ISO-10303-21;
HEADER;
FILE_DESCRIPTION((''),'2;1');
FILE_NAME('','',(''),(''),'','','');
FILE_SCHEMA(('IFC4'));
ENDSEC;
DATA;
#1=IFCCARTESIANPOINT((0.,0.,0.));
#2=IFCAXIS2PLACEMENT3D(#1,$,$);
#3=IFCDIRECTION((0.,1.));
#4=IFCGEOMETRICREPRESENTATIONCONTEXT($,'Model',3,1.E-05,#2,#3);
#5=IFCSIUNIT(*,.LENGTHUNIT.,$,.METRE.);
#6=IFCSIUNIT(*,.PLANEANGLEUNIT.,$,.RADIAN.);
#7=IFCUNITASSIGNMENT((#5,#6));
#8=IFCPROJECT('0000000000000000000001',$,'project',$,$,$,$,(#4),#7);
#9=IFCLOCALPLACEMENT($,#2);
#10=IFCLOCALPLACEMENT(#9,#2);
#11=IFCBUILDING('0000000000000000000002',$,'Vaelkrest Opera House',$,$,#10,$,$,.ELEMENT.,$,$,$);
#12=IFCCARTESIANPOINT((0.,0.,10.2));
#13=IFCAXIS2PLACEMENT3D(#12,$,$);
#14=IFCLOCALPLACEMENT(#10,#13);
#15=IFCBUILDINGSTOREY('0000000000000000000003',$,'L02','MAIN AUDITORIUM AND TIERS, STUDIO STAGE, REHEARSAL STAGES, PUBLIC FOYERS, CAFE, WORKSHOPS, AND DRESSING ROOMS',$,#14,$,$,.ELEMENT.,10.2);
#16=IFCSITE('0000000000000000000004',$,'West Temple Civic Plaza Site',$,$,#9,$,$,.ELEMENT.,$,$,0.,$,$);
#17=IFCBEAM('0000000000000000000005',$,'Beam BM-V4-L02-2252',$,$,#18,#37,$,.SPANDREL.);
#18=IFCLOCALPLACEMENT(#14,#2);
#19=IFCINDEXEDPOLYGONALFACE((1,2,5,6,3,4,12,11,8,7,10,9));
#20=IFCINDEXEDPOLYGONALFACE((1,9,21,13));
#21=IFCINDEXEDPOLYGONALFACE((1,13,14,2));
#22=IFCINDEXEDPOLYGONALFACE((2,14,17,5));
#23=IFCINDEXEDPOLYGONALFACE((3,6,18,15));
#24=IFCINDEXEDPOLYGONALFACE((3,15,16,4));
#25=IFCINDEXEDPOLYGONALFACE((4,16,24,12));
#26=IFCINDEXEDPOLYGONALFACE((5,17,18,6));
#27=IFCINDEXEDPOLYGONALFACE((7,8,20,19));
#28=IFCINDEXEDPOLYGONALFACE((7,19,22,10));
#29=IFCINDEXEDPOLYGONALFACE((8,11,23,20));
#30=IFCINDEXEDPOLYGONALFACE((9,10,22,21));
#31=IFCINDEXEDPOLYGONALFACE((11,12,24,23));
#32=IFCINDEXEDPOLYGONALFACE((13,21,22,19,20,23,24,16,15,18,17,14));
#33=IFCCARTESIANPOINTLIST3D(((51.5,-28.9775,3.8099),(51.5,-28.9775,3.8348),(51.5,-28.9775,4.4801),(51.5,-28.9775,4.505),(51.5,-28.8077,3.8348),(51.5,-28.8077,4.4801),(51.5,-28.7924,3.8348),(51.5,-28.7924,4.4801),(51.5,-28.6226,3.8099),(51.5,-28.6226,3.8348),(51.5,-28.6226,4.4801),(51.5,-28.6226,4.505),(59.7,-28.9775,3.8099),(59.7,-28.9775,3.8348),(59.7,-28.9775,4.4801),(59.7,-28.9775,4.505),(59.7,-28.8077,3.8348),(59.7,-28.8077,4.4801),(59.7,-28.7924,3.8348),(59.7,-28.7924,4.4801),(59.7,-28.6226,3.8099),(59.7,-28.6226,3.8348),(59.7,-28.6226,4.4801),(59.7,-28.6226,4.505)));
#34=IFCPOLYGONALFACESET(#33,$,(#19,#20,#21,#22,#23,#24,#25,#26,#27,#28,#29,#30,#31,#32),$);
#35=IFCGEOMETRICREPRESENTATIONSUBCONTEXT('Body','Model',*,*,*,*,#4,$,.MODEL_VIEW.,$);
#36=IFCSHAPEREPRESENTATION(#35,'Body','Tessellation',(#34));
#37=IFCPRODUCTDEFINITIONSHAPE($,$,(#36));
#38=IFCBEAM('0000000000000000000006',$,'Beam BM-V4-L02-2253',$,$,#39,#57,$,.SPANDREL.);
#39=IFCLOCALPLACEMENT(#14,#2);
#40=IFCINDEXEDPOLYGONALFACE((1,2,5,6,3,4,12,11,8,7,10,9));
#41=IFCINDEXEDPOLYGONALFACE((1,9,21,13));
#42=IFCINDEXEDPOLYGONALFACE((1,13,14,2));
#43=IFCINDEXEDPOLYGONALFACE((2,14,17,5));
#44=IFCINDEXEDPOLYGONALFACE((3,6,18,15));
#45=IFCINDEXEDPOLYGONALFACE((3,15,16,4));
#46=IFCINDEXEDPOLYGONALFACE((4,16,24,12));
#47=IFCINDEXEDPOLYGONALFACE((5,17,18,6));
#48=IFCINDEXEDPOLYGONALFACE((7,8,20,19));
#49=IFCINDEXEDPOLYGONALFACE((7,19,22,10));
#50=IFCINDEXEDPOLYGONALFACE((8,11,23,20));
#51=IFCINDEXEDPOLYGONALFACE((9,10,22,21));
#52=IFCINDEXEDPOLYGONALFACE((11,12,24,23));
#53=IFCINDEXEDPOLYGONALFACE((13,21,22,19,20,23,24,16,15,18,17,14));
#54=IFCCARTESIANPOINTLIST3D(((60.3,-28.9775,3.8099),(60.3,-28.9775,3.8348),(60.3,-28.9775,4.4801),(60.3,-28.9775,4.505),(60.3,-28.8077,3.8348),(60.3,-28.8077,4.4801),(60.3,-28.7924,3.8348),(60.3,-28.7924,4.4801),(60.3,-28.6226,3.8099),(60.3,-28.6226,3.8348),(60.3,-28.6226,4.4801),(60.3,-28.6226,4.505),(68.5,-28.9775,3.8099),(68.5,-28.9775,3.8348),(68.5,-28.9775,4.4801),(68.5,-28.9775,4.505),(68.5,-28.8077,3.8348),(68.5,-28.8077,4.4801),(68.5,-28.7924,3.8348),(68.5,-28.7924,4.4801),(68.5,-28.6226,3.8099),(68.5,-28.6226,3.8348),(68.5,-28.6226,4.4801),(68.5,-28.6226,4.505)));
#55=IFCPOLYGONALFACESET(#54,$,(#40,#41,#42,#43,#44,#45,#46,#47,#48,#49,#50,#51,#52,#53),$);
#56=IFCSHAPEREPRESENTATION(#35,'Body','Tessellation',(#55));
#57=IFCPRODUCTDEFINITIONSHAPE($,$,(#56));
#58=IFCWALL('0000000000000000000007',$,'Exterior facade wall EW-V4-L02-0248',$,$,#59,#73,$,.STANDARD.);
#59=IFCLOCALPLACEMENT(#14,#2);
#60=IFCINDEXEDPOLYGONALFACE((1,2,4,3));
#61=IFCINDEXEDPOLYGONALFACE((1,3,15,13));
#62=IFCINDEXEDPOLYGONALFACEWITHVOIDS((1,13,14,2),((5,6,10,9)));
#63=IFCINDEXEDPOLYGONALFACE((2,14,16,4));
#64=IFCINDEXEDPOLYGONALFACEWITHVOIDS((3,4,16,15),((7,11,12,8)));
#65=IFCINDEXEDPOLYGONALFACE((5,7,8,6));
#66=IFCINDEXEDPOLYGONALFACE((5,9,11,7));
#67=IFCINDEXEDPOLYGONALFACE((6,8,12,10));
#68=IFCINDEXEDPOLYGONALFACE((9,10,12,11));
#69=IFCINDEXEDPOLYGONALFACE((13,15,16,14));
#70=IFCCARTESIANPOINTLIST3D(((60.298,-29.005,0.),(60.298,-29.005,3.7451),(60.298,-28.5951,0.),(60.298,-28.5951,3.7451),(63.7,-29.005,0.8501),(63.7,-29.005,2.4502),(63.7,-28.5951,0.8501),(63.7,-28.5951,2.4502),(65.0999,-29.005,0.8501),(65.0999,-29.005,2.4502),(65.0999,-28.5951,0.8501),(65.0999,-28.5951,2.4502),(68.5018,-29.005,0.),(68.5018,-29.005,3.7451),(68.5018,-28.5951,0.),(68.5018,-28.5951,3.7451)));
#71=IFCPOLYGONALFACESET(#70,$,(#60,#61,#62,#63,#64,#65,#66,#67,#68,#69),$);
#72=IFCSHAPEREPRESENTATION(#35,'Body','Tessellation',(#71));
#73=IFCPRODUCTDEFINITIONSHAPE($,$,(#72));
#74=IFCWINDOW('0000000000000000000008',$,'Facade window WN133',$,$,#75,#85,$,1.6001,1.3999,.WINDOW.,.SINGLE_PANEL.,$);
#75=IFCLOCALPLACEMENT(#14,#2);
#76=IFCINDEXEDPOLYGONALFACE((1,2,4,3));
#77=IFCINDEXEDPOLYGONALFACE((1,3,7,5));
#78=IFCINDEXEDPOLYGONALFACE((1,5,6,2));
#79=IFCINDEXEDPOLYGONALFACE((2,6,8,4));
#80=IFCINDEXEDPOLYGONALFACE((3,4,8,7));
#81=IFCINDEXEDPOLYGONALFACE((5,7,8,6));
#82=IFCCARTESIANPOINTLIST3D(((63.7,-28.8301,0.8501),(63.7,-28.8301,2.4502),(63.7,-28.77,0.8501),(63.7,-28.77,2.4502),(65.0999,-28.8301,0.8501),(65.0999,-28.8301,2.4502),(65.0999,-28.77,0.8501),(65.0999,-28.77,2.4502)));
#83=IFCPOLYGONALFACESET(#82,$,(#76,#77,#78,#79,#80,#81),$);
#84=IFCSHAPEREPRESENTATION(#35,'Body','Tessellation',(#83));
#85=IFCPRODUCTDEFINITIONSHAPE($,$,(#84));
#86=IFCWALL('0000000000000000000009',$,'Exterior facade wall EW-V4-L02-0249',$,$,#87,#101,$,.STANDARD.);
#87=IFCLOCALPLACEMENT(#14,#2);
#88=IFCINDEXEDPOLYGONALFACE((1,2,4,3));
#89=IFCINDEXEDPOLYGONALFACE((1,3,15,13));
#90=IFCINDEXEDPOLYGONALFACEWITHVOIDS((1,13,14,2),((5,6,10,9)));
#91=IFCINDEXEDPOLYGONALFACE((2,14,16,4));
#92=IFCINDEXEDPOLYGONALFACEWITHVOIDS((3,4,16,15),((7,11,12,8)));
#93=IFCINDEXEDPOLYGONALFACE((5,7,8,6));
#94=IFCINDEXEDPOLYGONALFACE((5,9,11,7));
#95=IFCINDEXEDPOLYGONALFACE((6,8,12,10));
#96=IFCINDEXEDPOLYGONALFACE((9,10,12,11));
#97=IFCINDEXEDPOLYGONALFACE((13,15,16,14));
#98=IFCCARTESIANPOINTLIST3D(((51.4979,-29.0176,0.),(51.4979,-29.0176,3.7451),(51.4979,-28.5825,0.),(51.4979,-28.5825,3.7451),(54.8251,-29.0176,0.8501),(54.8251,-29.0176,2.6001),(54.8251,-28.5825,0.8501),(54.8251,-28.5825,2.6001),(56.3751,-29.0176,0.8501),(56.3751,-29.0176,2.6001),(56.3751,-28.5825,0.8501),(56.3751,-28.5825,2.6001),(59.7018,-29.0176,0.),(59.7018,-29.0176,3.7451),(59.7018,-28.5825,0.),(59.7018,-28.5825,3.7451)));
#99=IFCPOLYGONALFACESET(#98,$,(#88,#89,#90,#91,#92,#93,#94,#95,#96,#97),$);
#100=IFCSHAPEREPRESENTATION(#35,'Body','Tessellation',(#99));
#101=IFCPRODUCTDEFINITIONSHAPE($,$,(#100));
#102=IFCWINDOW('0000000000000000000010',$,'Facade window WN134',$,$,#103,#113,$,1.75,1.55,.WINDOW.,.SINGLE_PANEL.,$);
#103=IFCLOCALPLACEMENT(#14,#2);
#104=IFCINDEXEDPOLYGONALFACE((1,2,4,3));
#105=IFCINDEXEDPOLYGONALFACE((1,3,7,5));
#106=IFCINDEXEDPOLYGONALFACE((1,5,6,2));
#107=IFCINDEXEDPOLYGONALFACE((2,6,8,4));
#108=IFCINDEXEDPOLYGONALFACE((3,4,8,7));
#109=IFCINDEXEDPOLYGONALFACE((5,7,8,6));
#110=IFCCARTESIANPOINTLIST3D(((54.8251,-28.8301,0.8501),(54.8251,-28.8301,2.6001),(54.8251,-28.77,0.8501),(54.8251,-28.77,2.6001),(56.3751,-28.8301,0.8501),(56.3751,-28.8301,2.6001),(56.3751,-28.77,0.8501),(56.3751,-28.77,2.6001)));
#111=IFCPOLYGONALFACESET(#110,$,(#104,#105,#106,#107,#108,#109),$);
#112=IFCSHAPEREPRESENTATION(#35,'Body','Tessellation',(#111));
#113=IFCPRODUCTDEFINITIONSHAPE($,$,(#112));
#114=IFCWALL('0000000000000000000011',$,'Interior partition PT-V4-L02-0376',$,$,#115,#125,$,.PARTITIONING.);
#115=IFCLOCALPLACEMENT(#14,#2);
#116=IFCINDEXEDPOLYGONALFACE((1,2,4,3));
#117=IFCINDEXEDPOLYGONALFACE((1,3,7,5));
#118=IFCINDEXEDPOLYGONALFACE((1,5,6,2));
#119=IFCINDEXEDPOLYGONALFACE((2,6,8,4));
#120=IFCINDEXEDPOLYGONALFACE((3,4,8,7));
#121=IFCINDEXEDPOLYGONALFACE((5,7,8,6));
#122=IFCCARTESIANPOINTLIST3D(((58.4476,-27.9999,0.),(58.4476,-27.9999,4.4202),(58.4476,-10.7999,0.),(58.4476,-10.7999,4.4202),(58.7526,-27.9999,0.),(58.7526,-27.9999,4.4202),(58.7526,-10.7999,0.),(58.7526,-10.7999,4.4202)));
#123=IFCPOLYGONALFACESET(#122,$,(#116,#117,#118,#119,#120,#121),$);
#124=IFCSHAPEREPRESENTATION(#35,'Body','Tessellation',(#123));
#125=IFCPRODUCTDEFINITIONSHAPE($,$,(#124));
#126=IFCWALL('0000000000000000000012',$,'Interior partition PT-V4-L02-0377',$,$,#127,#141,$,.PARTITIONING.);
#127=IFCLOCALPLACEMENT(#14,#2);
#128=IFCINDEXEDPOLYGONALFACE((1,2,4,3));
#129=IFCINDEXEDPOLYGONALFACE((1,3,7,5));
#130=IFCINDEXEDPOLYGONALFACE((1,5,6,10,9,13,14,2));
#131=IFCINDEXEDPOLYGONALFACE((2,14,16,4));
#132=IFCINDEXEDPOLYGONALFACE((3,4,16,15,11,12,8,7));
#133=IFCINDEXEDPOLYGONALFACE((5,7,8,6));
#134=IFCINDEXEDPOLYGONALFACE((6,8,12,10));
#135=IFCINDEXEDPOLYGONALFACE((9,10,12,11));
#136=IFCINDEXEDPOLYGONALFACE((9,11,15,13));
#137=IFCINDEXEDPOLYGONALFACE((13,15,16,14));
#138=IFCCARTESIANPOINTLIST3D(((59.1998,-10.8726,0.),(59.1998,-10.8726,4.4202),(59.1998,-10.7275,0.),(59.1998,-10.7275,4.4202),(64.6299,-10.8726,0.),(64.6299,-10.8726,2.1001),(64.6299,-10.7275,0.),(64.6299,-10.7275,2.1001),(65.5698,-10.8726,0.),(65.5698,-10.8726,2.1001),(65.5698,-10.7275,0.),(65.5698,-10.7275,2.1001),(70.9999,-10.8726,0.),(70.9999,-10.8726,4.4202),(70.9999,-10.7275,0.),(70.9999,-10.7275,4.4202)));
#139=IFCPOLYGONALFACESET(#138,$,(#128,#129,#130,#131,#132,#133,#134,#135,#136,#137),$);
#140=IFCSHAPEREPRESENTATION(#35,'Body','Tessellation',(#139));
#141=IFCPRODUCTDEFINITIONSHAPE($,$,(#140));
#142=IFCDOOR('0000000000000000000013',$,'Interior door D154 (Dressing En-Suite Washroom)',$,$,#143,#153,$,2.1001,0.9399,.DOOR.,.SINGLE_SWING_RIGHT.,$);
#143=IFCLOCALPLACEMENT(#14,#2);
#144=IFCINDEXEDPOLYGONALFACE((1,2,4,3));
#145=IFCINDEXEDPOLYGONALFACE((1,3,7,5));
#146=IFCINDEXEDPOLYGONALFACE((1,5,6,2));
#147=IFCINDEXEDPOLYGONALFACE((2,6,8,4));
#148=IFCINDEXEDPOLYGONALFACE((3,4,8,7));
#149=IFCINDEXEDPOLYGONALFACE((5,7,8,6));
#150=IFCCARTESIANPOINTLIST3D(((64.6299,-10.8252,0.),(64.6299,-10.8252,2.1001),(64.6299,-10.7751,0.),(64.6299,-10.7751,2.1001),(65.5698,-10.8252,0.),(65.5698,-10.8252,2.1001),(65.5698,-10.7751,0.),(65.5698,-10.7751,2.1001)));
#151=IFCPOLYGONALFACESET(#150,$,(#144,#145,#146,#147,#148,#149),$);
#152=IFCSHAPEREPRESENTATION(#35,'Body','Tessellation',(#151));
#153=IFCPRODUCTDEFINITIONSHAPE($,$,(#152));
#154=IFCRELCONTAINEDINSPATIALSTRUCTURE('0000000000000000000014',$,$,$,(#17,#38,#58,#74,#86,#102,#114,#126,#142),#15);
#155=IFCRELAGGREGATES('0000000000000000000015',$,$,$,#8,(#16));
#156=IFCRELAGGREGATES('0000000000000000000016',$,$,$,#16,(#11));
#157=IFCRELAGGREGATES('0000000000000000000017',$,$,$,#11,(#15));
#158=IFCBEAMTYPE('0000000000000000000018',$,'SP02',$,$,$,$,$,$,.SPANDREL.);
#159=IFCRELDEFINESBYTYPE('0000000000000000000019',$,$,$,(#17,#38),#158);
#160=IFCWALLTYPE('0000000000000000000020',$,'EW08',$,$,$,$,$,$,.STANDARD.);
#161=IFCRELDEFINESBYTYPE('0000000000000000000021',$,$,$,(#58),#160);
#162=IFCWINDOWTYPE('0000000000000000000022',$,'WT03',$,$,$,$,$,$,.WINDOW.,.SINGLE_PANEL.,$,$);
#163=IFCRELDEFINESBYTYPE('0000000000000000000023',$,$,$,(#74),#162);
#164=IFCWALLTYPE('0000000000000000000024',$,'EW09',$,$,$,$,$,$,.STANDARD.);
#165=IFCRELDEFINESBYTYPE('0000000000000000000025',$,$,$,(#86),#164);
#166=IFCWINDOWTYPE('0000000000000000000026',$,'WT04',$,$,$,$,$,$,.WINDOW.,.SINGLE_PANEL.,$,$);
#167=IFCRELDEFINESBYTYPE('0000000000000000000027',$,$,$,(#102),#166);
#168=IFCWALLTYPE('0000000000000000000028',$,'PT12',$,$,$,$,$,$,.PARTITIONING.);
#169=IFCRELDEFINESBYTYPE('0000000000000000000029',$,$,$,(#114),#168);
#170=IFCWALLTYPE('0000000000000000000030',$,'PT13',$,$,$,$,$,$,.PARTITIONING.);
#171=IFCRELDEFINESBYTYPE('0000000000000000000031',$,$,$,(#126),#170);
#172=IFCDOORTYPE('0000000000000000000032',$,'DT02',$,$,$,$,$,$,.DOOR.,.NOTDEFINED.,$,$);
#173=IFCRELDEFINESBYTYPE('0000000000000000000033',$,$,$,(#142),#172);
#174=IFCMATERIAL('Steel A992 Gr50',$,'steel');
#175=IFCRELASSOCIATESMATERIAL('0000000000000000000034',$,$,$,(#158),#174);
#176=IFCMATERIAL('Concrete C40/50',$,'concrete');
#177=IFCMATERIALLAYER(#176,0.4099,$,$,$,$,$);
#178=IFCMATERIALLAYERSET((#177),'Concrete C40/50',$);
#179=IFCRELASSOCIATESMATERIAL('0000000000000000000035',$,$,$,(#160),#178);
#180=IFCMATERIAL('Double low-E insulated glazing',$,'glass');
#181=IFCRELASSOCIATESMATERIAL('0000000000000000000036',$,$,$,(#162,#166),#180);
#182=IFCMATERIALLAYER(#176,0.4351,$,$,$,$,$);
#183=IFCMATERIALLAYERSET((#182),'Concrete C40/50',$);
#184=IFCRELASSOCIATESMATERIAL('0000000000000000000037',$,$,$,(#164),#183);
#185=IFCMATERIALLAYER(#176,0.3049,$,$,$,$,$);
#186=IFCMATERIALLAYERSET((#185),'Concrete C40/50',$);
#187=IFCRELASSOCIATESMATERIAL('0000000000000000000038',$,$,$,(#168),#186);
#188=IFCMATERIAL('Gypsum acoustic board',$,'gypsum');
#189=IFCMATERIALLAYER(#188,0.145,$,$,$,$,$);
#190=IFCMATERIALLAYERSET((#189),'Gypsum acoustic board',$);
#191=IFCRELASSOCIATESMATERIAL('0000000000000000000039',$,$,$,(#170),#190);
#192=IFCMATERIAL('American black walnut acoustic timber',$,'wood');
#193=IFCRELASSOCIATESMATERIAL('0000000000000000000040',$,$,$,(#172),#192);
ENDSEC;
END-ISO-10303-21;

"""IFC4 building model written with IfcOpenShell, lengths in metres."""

from ifc_helpers import new_model, si_unit, direction, frame, frame_2d, origin, origin_2d, place, context, subcontext, project, spatial, rectangle, i_section, extrude, material, layer, layer_set, material_profile, profile_set, type_object, element, fill, save


model = new_model("IFC4")

# Units and contexts
model_context = context("Model", 3, precision=1e-05, world=origin(), true_north=direction((0.0, 1.0)))
body_context = subcontext(model_context, "Body", "Model", "MODEL_VIEW")
ifc_project = project(units=[si_unit("LENGTHUNIT", "METRE"), si_unit("PLANEANGLEUNIT", "RADIAN")], contexts=[model_context])

# Site, building, storey
site_placement = place(None, origin())
site = spatial("IfcSite", under=ifc_project, at=site_placement, Name="West Temple Civic Plaza Site", CompositionType="ELEMENT", RefElevation=0.0)
building_placement = place(site_placement, origin())
building = spatial("IfcBuilding", under=site, at=building_placement, Name="Vaelkrest Opera House", CompositionType="ELEMENT")
storey_placement = place(building_placement, frame((0.0, 0.0, 10.2)))
storey = spatial("IfcBuildingStorey", under=building, at=storey_placement, Name="L02", Description="MAIN AUDITORIUM AND TIERS, STUDIO STAGE, REHEARSAL STAGES, PUBLIC FOYERS, CAFE, WORKSHOPS, AND DRESSING ROOMS", CompositionType="ELEMENT", Elevation=10.2)

# Beams
ifc_material_1 = material(Name="Steel A992 Gr50", Category="steel")
ifc_material_profile_1 = material_profile(ifc_material_1, i_section(OverallWidth=0.355, OverallDepth=0.6951, WebThickness=0.0154, FlangeThickness=0.0249, at=origin_2d()), Name="W27X146")
ifc_profile_set_1 = profile_set([ifc_material_profile_1], Name="Steel A992 Gr50")
beam_type_1 = type_object("IfcBeamType", Name="SP02", PredefinedType="SPANDREL", material=ifc_profile_set_1)
for number, where, z_axis, x_axis, name in (
    (1, (51.5, -28.8, 4.1575), (1.0, 0.0, 0.0), (0.0, 1.0, 0.0), "Beam BM-V4-L02-2252"),
    (2, (60.3, -28.8, 4.1575), (1.0, 0.0, 0.0), (0.0, 1.0, 0.0), "Beam BM-V4-L02-2253"),
):
    element("IfcBeam", number, at=place(storey_placement, frame(where, z_axis=z_axis, x_axis=x_axis)), inside=storey, type_object=beam_type_1, Name=name, PredefinedType="SPANDREL", context=body_context, shape_type="SweptSolid", body=[
        extrude(i_section(OverallWidth=0.355, OverallDepth=0.6951, WebThickness=0.0154, FlangeThickness=0.0249, at=origin_2d()), origin(), (0.0, 0.0, 1.0), 8.2),
    ])

# Walls, openings, windows
ifc_material_2 = material(Name="Concrete C40/50", Category="concrete")
ifc_layer_1 = layer(ifc_material_2, 0.4099)
ifc_layer_set_1 = layer_set([ifc_layer_1], Name="Concrete C40/50")
wall_type_1 = type_object("IfcWallType", Name="EW08", PredefinedType="STANDARD", material=ifc_layer_set_1)
wall_1_placement = place(storey_placement, frame((68.502, -28.8, 0.0), z_axis=(0.0, 0.0, 1.0), x_axis=(-1.0, 0.0, 0.0)))
wall_1 = element("IfcWall", 3, at=wall_1_placement, inside=storey, type_object=wall_type_1, Name="Exterior facade wall EW-V4-L02-0248", PredefinedType="STANDARD", context=body_context, shape_type="SweptSolid", body=[
    extrude(rectangle(XDim=8.2039, YDim=0.4099, at=frame_2d((4.1021, 0.0))), origin(), (0.0, 0.0, 1.0), 3.7451),
])
opening_1_placement = place(wall_1_placement, frame((3.4021, 0.0, 0.8501)))
opening_1 = element("IfcOpeningElement", 4, at=opening_1_placement, cuts=wall_1, PredefinedType="OPENING", context=body_context, shape_type="SweptSolid", body=[
    extrude(rectangle(XDim=1.3999, YDim=1.6001, at=frame_2d((0.7, 0.8))), frame((0.0, 0.2148, 0.0), z_axis=(0.0, -1.0, 0.0), x_axis=(1.0, 0.0, 0.0)), (0.0, 0.0, 1.0), 0.4299),
])
ifc_material_3 = material(Name="Double low-E insulated glazing", Category="glass")
window_type_1 = type_object("IfcWindowType", Name="WT03", PartitioningType="SINGLE_PANEL", PredefinedType="WINDOW", material=ifc_material_3)
window_1_placement = place(opening_1_placement, origin())
window_1 = element("IfcWindow", 5, at=window_1_placement, inside=storey, type_object=window_type_1, Name="Facade window WN133", OverallHeight=1.6001, OverallWidth=1.3999, PartitioningType="SINGLE_PANEL", PredefinedType="WINDOW", context=body_context, shape_type="SweptSolid", body=[
    extrude(rectangle(XDim=1.3999, YDim=1.6001, at=frame_2d((0.7, 0.8))), frame((0.0, 0.03, 0.0), z_axis=(0.0, -1.0, 0.0), x_axis=(1.0, 0.0, 0.0)), (0.0, 0.0, 1.0), 0.0601),
])
fill(opening_1, window_1)
ifc_layer_2 = layer(ifc_material_2, 0.4351)
ifc_layer_set_2 = layer_set([ifc_layer_2], Name="Concrete C40/50")
wall_type_2 = type_object("IfcWallType", Name="EW09", PredefinedType="STANDARD", material=ifc_layer_set_2)
wall_2_placement = place(storey_placement, frame((59.7019, -28.8, 0.0), z_axis=(0.0, 0.0, 1.0), x_axis=(-1.0, 0.0, 0.0)))
wall_2 = element("IfcWall", 6, at=wall_2_placement, inside=storey, type_object=wall_type_2, Name="Exterior facade wall EW-V4-L02-0249", PredefinedType="STANDARD", context=body_context, shape_type="SweptSolid", body=[
    extrude(rectangle(XDim=8.2039, YDim=0.4351, at=frame_2d((4.1021, 0.0))), origin(), (0.0, 0.0, 1.0), 3.7451),
])
opening_2_placement = place(wall_2_placement, frame((3.3269, 0.0, 0.8501)))
opening_2 = element("IfcOpeningElement", 7, at=opening_2_placement, cuts=wall_2, PredefinedType="OPENING", context=body_context, shape_type="SweptSolid", body=[
    extrude(rectangle(XDim=1.55, YDim=1.75, at=frame_2d((0.7749, 0.875))), frame((0.0, 0.2275, 0.0), z_axis=(0.0, -1.0, 0.0), x_axis=(1.0, 0.0, 0.0)), (0.0, 0.0, 1.0), 0.4551),
])
window_type_2 = type_object("IfcWindowType", Name="WT04", PartitioningType="SINGLE_PANEL", PredefinedType="WINDOW", material=ifc_material_3)
window_2_placement = place(opening_2_placement, origin())
window_2 = element("IfcWindow", 8, at=window_2_placement, inside=storey, type_object=window_type_2, Name="Facade window WN134", OverallHeight=1.75, OverallWidth=1.55, PartitioningType="SINGLE_PANEL", PredefinedType="WINDOW", context=body_context, shape_type="SweptSolid", body=[
    extrude(rectangle(XDim=1.55, YDim=1.75, at=frame_2d((0.7749, 0.875))), frame((0.0, 0.03, 0.0), z_axis=(0.0, -1.0, 0.0), x_axis=(1.0, 0.0, 0.0)), (0.0, 0.0, 1.0), 0.0601),
])
fill(opening_2, window_2)

# Wall
ifc_layer_3 = layer(ifc_material_2, 0.3049)
ifc_layer_set_3 = layer_set([ifc_layer_3], Name="Concrete C40/50")
wall_type_3 = type_object("IfcWallType", Name="PT12", PredefinedType="PARTITIONING", material=ifc_layer_set_3)
wall_3_placement = place(storey_placement, frame((58.6001, -28.0, 0.0), z_axis=(0.0, 0.0, 1.0), x_axis=(0.0, 1.0, 0.0)))
element("IfcWall", 9, at=wall_3_placement, inside=storey, type_object=wall_type_3, Name="Interior partition PT-V4-L02-0376", PredefinedType="PARTITIONING", context=body_context, shape_type="SweptSolid", body=[
    extrude(rectangle(XDim=17.2, YDim=0.3049, at=frame_2d((8.6001, 0.0))), origin(), (0.0, 0.0, 1.0), 4.4202),
])

# Wall, opening, door
ifc_material_4 = material(Name="Gypsum acoustic board", Category="gypsum")
ifc_layer_4 = layer(ifc_material_4, 0.145)
ifc_layer_set_4 = layer_set([ifc_layer_4], Name="Gypsum acoustic board")
wall_type_4 = type_object("IfcWallType", Name="PT13", PredefinedType="PARTITIONING", material=ifc_layer_set_4)
wall_4_placement = place(storey_placement, frame((59.2, -10.8, 0.0), z_axis=(0.0, 0.0, 1.0), x_axis=(1.0, 0.0, 0.0)))
wall_4 = element("IfcWall", 10, at=wall_4_placement, inside=storey, type_object=wall_type_4, Name="Interior partition PT-V4-L02-0377", PredefinedType="PARTITIONING", context=body_context, shape_type="SweptSolid", body=[
    extrude(rectangle(XDim=11.8, YDim=0.145, at=frame_2d((5.8999, 0.0))), origin(), (0.0, 0.0, 1.0), 4.4202),
])
opening_3_placement = place(wall_4_placement, frame((5.4299, 0.0, 0.0)))
opening_3 = element("IfcOpeningElement", 11, at=opening_3_placement, cuts=wall_4, PredefinedType="OPENING", context=body_context, shape_type="SweptSolid", body=[
    extrude(rectangle(XDim=0.9399, YDim=2.1001, at=frame_2d((0.47, 1.05))), frame((0.0, 0.0825, 0.0), z_axis=(0.0, -1.0, 0.0), x_axis=(1.0, 0.0, 0.0)), (0.0, 0.0, 1.0), 0.165),
])
ifc_material_5 = material(Name="American black walnut acoustic timber", Category="wood")
door_type = type_object("IfcDoorType", Name="DT02", OperationType="NOTDEFINED", PredefinedType="DOOR", material=ifc_material_5)
door_placement = place(opening_3_placement, origin())
door = element("IfcDoor", 12, at=door_placement, inside=storey, type_object=door_type, Name="Interior door D154 (Dressing En-Suite Washroom)", OperationType="SINGLE_SWING_RIGHT", OverallHeight=2.1001, OverallWidth=0.9399, PredefinedType="DOOR", context=body_context, shape_type="SweptSolid", body=[
    extrude(rectangle(XDim=0.9399, YDim=2.1001, at=frame_2d((0.47, 1.05))), frame((0.0, 0.0249, 0.0), z_axis=(0.0, -1.0, 0.0), x_axis=(1.0, 0.0, 0.0)), (0.0, 0.0, 1.0), 0.05),
])
fill(opening_3, door)

save(model, "model.ifc")
